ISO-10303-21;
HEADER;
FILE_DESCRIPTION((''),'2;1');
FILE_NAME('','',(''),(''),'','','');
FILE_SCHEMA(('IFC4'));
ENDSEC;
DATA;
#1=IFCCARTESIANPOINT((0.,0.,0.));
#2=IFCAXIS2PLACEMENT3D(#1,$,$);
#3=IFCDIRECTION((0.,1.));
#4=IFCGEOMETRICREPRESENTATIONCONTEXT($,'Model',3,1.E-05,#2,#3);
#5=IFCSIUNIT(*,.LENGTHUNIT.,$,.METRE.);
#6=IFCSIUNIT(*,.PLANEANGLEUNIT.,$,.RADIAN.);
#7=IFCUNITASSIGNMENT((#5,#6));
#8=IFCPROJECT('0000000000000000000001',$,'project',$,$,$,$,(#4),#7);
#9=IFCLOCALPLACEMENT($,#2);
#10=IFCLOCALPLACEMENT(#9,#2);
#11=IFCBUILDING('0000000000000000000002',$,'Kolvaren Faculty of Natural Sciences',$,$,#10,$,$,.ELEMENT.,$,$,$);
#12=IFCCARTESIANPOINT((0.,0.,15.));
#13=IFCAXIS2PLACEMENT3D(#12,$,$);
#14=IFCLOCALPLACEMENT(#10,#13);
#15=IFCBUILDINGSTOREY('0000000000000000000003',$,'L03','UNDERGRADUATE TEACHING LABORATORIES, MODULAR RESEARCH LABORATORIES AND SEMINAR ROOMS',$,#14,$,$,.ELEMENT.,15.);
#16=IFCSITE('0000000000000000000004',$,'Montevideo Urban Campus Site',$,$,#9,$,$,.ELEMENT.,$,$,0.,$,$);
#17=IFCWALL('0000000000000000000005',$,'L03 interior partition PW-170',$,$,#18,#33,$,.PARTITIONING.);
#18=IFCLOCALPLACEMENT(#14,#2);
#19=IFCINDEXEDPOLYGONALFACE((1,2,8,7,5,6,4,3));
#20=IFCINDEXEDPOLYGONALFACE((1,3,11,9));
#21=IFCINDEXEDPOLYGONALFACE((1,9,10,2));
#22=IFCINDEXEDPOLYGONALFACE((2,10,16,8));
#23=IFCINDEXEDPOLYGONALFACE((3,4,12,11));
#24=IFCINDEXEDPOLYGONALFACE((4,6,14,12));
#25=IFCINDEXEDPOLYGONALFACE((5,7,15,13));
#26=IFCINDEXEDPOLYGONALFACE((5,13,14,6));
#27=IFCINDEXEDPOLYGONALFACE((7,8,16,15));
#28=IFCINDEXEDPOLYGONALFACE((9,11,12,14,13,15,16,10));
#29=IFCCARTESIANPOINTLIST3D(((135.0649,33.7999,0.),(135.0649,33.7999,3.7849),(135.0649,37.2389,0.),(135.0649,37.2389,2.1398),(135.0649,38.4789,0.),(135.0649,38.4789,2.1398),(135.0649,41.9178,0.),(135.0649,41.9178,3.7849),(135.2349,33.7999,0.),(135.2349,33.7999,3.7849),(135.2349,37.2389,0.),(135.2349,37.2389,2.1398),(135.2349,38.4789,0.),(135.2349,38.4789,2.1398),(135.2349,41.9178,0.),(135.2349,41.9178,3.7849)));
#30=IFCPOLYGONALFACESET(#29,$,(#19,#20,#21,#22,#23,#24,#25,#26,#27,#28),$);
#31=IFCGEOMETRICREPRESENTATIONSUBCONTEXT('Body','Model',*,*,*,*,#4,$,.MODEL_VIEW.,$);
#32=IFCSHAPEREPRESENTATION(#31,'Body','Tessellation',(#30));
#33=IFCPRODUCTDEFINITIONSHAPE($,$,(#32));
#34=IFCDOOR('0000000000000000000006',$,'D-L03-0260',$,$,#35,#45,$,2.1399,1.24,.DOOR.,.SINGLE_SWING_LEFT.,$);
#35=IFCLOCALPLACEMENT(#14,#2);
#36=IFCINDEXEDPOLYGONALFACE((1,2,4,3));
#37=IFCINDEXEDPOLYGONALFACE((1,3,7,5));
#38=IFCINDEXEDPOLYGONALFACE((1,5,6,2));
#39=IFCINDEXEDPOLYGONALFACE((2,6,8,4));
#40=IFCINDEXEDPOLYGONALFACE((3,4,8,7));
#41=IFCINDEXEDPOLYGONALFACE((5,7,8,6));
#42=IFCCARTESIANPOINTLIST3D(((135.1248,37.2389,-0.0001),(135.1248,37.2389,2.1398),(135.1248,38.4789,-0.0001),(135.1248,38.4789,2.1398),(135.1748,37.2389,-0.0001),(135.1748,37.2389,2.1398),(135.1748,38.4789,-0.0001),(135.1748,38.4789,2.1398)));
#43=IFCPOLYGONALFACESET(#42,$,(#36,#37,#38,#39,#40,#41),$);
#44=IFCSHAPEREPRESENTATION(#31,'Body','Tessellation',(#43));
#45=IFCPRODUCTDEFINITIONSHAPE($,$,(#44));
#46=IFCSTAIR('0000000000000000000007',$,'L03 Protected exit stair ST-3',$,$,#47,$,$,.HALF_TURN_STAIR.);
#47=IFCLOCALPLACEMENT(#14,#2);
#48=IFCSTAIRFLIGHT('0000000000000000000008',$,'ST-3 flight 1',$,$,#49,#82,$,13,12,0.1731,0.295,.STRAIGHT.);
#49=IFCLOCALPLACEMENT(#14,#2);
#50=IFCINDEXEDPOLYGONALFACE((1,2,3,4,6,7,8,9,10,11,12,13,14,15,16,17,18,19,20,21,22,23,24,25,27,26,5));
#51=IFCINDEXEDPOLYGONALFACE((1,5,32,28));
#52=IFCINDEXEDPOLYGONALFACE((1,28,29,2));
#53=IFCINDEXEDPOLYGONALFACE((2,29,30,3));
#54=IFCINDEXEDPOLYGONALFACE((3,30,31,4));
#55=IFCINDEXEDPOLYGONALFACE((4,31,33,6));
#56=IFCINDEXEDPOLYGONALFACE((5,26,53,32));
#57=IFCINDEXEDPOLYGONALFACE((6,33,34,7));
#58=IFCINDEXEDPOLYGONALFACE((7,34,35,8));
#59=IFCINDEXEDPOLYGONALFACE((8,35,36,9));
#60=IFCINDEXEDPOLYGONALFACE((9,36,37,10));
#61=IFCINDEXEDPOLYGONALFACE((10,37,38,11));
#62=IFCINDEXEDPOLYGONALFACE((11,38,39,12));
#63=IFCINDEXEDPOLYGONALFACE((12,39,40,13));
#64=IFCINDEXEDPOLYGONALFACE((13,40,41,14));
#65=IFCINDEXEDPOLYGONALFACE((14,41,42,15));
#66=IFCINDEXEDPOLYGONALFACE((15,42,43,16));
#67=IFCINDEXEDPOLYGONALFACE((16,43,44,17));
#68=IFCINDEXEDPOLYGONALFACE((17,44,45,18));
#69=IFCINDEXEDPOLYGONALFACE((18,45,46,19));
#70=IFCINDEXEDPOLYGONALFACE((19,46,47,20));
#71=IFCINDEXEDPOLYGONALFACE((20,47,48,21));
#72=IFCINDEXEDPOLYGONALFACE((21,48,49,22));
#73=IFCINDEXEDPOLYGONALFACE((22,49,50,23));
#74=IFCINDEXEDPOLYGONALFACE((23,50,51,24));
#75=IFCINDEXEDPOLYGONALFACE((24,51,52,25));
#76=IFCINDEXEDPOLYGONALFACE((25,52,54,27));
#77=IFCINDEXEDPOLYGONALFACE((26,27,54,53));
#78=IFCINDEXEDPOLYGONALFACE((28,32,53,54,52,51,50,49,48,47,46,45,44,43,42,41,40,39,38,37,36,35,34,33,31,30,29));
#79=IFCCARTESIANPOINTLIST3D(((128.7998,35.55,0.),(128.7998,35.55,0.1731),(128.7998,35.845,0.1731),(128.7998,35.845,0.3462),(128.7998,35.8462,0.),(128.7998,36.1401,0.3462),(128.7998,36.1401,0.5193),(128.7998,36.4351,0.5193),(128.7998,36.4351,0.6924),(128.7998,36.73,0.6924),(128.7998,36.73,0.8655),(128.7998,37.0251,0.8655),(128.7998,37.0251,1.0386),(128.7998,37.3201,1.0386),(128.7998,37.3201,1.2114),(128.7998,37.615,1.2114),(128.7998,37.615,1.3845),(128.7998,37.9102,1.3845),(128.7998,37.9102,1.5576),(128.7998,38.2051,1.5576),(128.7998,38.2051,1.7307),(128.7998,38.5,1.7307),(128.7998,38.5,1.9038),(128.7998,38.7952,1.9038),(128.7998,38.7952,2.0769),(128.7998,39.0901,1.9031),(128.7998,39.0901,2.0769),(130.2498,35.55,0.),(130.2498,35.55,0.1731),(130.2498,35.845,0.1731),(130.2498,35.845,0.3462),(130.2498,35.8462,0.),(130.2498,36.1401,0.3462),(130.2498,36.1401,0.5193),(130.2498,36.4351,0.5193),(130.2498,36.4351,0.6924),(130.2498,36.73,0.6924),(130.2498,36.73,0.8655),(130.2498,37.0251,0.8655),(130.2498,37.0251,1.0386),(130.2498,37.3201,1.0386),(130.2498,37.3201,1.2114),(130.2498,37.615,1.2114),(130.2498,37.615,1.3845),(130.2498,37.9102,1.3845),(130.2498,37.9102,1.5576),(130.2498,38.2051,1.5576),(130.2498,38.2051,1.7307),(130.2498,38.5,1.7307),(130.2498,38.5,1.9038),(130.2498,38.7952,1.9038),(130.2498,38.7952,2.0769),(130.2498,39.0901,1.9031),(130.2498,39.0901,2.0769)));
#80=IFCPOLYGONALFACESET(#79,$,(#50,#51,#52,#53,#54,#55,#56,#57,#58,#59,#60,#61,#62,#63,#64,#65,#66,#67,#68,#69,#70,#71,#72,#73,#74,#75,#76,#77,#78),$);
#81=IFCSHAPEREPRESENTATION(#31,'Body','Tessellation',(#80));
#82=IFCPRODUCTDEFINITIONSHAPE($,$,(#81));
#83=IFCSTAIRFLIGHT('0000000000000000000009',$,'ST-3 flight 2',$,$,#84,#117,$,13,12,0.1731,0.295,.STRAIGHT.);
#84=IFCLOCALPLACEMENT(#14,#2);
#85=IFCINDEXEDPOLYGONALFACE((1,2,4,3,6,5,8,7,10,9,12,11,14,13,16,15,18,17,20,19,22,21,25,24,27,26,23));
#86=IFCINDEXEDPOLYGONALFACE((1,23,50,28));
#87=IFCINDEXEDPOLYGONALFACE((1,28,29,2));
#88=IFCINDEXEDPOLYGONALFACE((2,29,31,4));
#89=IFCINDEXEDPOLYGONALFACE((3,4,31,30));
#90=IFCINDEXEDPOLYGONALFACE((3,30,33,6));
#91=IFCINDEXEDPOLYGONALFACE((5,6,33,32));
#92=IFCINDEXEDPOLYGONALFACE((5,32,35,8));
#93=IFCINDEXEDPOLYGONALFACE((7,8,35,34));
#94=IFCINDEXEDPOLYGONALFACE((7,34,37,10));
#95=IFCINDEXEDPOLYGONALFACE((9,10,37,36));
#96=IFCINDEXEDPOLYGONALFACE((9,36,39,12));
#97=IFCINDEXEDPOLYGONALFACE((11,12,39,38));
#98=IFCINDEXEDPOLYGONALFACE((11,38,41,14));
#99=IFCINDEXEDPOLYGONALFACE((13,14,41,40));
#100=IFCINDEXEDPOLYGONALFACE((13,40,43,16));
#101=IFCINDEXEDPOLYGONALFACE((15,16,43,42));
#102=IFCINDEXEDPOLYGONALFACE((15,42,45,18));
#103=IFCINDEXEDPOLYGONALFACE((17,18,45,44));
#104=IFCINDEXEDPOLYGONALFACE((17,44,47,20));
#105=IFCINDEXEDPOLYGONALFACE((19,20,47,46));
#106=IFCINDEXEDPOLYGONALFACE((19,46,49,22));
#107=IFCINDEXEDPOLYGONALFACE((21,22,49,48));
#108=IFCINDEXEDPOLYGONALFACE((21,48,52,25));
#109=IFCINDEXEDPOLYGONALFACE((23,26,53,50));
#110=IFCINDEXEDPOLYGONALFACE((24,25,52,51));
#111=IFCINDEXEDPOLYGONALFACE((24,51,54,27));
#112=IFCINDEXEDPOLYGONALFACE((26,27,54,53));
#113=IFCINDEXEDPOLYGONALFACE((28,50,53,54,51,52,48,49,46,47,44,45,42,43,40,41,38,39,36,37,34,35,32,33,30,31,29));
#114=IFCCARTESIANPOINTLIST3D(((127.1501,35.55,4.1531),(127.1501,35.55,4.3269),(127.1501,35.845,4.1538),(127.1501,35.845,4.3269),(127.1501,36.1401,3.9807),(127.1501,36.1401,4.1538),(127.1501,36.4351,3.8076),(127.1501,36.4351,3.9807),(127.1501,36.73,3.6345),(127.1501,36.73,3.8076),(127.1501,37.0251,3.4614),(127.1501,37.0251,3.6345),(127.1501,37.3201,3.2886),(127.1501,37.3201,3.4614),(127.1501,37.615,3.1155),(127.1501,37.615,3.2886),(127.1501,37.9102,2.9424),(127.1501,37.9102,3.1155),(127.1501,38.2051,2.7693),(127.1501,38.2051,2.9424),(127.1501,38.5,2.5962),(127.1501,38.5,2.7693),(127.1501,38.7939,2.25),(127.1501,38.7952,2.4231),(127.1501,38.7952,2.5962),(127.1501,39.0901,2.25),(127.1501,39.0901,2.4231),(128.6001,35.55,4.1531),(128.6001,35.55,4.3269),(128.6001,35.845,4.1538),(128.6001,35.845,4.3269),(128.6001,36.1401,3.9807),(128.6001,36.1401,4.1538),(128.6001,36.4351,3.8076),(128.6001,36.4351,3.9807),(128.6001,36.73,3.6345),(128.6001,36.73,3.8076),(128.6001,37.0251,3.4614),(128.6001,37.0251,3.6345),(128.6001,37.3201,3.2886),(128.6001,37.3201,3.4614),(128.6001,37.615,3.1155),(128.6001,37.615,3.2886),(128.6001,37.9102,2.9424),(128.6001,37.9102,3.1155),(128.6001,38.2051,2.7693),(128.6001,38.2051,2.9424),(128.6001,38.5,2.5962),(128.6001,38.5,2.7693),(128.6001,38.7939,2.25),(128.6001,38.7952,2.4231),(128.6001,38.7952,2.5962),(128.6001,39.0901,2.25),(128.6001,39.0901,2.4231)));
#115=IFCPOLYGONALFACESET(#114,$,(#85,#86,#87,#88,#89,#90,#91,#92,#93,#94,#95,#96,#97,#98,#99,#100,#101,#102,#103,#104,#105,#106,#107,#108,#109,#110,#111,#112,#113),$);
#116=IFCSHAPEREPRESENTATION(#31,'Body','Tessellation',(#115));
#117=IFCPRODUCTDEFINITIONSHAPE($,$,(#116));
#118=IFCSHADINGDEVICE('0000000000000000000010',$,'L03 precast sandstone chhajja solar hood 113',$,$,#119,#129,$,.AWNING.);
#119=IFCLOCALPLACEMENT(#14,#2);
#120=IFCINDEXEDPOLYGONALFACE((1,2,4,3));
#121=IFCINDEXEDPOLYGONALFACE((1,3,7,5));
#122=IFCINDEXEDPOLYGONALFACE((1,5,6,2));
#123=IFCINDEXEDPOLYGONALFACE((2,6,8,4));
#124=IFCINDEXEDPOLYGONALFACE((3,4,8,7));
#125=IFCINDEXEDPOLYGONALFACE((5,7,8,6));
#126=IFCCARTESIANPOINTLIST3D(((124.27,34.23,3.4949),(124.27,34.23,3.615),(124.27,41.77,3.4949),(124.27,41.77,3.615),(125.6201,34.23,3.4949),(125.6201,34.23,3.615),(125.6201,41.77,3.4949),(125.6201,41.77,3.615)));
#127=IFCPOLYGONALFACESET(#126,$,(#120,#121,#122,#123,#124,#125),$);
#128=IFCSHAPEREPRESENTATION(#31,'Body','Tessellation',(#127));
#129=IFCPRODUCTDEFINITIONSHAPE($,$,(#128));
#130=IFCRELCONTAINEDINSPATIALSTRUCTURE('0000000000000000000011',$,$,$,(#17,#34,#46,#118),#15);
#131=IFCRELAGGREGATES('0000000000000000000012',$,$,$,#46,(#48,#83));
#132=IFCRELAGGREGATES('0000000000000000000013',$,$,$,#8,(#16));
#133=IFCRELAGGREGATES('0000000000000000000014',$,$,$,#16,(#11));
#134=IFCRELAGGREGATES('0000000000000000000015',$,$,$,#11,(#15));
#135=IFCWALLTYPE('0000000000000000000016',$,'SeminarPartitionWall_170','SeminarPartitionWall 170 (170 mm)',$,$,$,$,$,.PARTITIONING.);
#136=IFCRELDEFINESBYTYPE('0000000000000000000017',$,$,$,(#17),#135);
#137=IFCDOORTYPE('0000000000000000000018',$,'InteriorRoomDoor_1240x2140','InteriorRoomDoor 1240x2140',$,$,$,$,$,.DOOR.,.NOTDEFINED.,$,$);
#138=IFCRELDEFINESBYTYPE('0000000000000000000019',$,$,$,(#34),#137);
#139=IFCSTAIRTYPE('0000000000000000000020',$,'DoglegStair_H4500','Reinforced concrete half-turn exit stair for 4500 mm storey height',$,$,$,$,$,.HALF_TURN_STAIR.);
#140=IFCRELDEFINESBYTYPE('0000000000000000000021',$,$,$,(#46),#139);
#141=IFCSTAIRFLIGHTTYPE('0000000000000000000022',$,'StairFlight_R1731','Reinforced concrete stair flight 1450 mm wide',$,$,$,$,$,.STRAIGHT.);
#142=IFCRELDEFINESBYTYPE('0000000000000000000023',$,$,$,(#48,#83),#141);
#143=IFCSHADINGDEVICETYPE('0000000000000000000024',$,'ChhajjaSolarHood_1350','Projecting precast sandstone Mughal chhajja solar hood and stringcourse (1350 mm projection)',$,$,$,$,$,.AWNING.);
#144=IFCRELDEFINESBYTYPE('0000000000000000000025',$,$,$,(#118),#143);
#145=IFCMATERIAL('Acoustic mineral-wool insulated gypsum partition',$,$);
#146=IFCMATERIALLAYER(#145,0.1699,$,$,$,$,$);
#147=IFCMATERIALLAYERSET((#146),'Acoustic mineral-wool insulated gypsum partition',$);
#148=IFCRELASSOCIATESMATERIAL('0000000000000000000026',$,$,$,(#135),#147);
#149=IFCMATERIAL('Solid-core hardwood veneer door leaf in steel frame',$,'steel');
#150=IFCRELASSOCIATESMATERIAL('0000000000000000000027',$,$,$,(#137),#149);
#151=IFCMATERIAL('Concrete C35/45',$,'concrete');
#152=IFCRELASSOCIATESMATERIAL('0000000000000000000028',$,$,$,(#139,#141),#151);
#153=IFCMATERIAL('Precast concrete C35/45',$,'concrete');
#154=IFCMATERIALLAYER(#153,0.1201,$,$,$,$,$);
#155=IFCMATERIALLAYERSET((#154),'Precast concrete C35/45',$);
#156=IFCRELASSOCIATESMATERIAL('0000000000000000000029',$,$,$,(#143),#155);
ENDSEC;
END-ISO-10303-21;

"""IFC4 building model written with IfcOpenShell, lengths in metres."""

from ifc_helpers import new_model, si_unit, direction, frame, frame_2d, origin, origin_2d, place, context, subcontext, project, spatial, polyline, rectangle, outline, extrude, material, layer, layer_set, type_object, element, fill, aggregate, save


model = new_model("IFC4")

# Units and contexts
model_context = context("Model", 3, precision=1e-05, world=origin(), true_north=direction((0.0, 1.0)))
body_context = subcontext(model_context, "Body", "Model", "MODEL_VIEW")
ifc_project = project(units=[si_unit("LENGTHUNIT", "METRE"), si_unit("PLANEANGLEUNIT", "RADIAN")], contexts=[model_context])

# Site, building, storey
site_placement = place(None, origin())
site = spatial("IfcSite", under=ifc_project, at=site_placement, Name="Montevideo Urban Campus Site", CompositionType="ELEMENT", RefElevation=0.0)
building_placement = place(site_placement, origin())
building = spatial("IfcBuilding", under=site, at=building_placement, Name="Kolvaren Faculty of Natural Sciences", CompositionType="ELEMENT")
storey_placement = place(building_placement, frame((0.0, 0.0, 15.0)))
storey = spatial("IfcBuildingStorey", under=building, at=storey_placement, Name="L03", Description="UNDERGRADUATE TEACHING LABORATORIES, MODULAR RESEARCH LABORATORIES AND SEMINAR ROOMS", CompositionType="ELEMENT", Elevation=15.0)

# Shared definitions
ifc_material_1 = material(Name="Concrete C35/45", Category="concrete")

# Shared definitions
ifc_material_2 = material(Name="Precast concrete C35/45", Category="concrete")

# Wall, opening, door
ifc_material_3 = material(Name="Acoustic mineral-wool insulated gypsum partition")
ifc_layer_1 = layer(ifc_material_3, 0.1699)
ifc_layer_set_1 = layer_set([ifc_layer_1], Name="Acoustic mineral-wool insulated gypsum partition")
wall_type_1 = type_object("IfcWallType", Name="SeminarPartitionWall_170", Description="SeminarPartitionWall 170 (170 mm)", PredefinedType="PARTITIONING", material=ifc_layer_set_1)
wall_1_placement = place(storey_placement, frame((135.1499, 41.918, 0.0), z_axis=(0.0, 0.0, 1.0), x_axis=(0.0, -1.0, 0.0)))
wall_1 = element("IfcWall", 1, at=wall_1_placement, inside=storey, type_object=wall_type_1, Name="L03 interior partition PW-170", PredefinedType="PARTITIONING", context=body_context, shape_type="SweptSolid", body=[
    extrude(rectangle(XDim=8.1179, YDim=0.1699, at=frame_2d((4.0591, 0.0))), origin(), (0.0, 0.0, 1.0), 3.7849),
])
opening_1_placement = place(wall_1_placement, frame((3.439, 0.0, 0.0)))
opening_1 = element("IfcOpeningElement", 2, at=opening_1_placement, cuts=wall_1, PredefinedType="OPENING", context=body_context, shape_type="SweptSolid", body=[
    extrude(rectangle(XDim=1.24, YDim=2.1399, at=frame_2d((0.6201, 1.0698))), frame((0.0, 0.095, 0.0), z_axis=(0.0, -1.0, 0.0), x_axis=(1.0, 0.0, 0.0)), (0.0, 0.0, 1.0), 0.1899),
])
ifc_material_4 = material(Name="Solid-core hardwood veneer door leaf in steel frame", Category="steel")
door_type = type_object("IfcDoorType", Name="InteriorRoomDoor_1240x2140", Description="InteriorRoomDoor 1240x2140", OperationType="NOTDEFINED", PredefinedType="DOOR", material=ifc_material_4)
door_placement = place(opening_1_placement, origin())
door = element("IfcDoor", 3, at=door_placement, inside=storey, type_object=door_type, Name="D-L03-0260", OperationType="SINGLE_SWING_LEFT", OverallHeight=2.1399, OverallWidth=1.24, PredefinedType="DOOR", context=body_context, shape_type="SweptSolid", body=[
    extrude(rectangle(XDim=1.24, YDim=2.1399, at=frame_2d((0.6201, 1.0698))), frame((0.0, 0.0249, 0.0), z_axis=(0.0, -1.0, 0.0), x_axis=(1.0, 0.0, 0.0)), (0.0, 0.0, 1.0), 0.05),
])
fill(opening_1, door)

# Stair, stair flights
stair_type = type_object("IfcStairType", Name="DoglegStair_H4500", Description="Reinforced concrete half-turn exit stair for 4500 mm storey height", PredefinedType="HALF_TURN_STAIR", material=ifc_material_1)
stair_placement = place(storey_placement, origin())
stair = element("IfcStair", 4, at=stair_placement, inside=storey, type_object=stair_type, Name="L03 Protected exit stair ST-3", PredefinedType="HALF_TURN_STAIR")
stair_flight_type = type_object("IfcStairFlightType", Name="StairFlight_R1731", Description="Reinforced concrete stair flight 1450 mm wide", PredefinedType="STRAIGHT", material=ifc_material_1)
stair_flight_1_placement = place(storey_placement, frame((129.5249, 35.55, 0.0), z_axis=(0.0, 0.0, 1.0), x_axis=(0.0, 1.0, 0.0)))
stair_flight_1 = element("IfcStairFlight", 5, at=stair_flight_1_placement, type_object=stair_flight_type, Name="ST-3 flight 1", NumberOfRisers=13, NumberOfTreads=12, PredefinedType="STRAIGHT", RiserHeight=0.1731, TreadLength=0.295, context=body_context, shape_type="SweptSolid", body=[
    extrude(outline(polyline([(0.0, 0.0), (0.0, 0.1731), (0.2949, 0.1731), (0.2949, 0.3462), (0.5901, 0.3462), (0.5901, 0.5193), (0.885, 0.5193), (0.885, 0.6924), (1.1799, 0.6924), (1.1799, 0.8655), (1.4751, 0.8655), (1.4751, 1.0386), (1.77, 1.0386), (1.77, 1.2114), (2.0649, 1.2114), (2.0649, 1.3845), (2.3601, 1.3845), (2.3601, 1.5576), (2.655, 1.5576), (2.655, 1.7307), (2.95, 1.7307), (2.95, 1.9038), (3.2451, 1.9038), (3.2451, 2.0769), (3.54, 2.0769), (3.54, 2.25), (3.54, 1.9031), (0.2961, 0.0), (0.0, 0.0)])), frame((0.0, 0.7251, 0.0), z_axis=(0.0, -1.0, 0.0), x_axis=(1.0, 0.0, 0.0)), (0.0, 0.0, 1.0), 1.45),
])
stair_flight_2_placement = place(storey_placement, frame((127.875, 39.0901, 2.25), z_axis=(0.0, 0.0, 1.0), x_axis=(0.0, -1.0, 0.0)))
stair_flight_2 = element("IfcStairFlight", 6, at=stair_flight_2_placement, type_object=stair_flight_type, Name="ST-3 flight 2", NumberOfRisers=13, NumberOfTreads=12, PredefinedType="STRAIGHT", RiserHeight=0.1731, TreadLength=0.295, context=body_context, shape_type="SweptSolid", body=[
    extrude(outline(polyline([(0.0, 0.0), (0.0, 0.1731), (0.2949, 0.1731), (0.2949, 0.3462), (0.5901, 0.3462), (0.5901, 0.5193), (0.885, 0.5193), (0.885, 0.6924), (1.1799, 0.6924), (1.1799, 0.8655), (1.4751, 0.8655), (1.4751, 1.0386), (1.77, 1.0386), (1.77, 1.2114), (2.0649, 1.2114), (2.0649, 1.3845), (2.3601, 1.3845), (2.3601, 1.5576), (2.655, 1.5576), (2.655, 1.7307), (2.95, 1.7307), (2.95, 1.9038), (3.2451, 1.9038), (3.2451, 2.0769), (3.54, 2.0769), (3.54, 2.25), (3.54, 1.9031), (0.2961, 0.0), (0.0, 0.0)])), frame((0.0, 0.7251, 0.0), z_axis=(0.0, -1.0, 0.0), x_axis=(1.0, 0.0, 0.0)), (0.0, 0.0, 1.0), 1.45),
])
aggregate(stair, [stair_flight_1, stair_flight_2])

# Shading device
ifc_layer_2 = layer(ifc_material_2, 0.1201)
ifc_layer_set_2 = layer_set([ifc_layer_2], Name="Precast concrete C35/45")
shading_device_type = type_object("IfcShadingDeviceType", Name="ChhajjaSolarHood_1350", Description="Projecting precast sandstone Mughal chhajja solar hood and stringcourse (1350 mm projection)", PredefinedType="AWNING", material=ifc_layer_set_2)
shading_device_placement = place(storey_placement, frame((124.9451, 38.0, 3.4949), z_axis=(0.0, 0.0, 1.0), x_axis=(0.0, 1.0, 0.0)))
element("IfcShadingDevice", 7, at=shading_device_placement, inside=storey, type_object=shading_device_type, Name="L03 precast sandstone chhajja solar hood 113", PredefinedType="AWNING", context=body_context, shape_type="SweptSolid", body=[
    extrude(rectangle(XDim=7.54, YDim=1.3501, at=origin_2d()), origin(), (0.0, 0.0, 1.0), 0.1201),
])

save(model, "model.ifc")
